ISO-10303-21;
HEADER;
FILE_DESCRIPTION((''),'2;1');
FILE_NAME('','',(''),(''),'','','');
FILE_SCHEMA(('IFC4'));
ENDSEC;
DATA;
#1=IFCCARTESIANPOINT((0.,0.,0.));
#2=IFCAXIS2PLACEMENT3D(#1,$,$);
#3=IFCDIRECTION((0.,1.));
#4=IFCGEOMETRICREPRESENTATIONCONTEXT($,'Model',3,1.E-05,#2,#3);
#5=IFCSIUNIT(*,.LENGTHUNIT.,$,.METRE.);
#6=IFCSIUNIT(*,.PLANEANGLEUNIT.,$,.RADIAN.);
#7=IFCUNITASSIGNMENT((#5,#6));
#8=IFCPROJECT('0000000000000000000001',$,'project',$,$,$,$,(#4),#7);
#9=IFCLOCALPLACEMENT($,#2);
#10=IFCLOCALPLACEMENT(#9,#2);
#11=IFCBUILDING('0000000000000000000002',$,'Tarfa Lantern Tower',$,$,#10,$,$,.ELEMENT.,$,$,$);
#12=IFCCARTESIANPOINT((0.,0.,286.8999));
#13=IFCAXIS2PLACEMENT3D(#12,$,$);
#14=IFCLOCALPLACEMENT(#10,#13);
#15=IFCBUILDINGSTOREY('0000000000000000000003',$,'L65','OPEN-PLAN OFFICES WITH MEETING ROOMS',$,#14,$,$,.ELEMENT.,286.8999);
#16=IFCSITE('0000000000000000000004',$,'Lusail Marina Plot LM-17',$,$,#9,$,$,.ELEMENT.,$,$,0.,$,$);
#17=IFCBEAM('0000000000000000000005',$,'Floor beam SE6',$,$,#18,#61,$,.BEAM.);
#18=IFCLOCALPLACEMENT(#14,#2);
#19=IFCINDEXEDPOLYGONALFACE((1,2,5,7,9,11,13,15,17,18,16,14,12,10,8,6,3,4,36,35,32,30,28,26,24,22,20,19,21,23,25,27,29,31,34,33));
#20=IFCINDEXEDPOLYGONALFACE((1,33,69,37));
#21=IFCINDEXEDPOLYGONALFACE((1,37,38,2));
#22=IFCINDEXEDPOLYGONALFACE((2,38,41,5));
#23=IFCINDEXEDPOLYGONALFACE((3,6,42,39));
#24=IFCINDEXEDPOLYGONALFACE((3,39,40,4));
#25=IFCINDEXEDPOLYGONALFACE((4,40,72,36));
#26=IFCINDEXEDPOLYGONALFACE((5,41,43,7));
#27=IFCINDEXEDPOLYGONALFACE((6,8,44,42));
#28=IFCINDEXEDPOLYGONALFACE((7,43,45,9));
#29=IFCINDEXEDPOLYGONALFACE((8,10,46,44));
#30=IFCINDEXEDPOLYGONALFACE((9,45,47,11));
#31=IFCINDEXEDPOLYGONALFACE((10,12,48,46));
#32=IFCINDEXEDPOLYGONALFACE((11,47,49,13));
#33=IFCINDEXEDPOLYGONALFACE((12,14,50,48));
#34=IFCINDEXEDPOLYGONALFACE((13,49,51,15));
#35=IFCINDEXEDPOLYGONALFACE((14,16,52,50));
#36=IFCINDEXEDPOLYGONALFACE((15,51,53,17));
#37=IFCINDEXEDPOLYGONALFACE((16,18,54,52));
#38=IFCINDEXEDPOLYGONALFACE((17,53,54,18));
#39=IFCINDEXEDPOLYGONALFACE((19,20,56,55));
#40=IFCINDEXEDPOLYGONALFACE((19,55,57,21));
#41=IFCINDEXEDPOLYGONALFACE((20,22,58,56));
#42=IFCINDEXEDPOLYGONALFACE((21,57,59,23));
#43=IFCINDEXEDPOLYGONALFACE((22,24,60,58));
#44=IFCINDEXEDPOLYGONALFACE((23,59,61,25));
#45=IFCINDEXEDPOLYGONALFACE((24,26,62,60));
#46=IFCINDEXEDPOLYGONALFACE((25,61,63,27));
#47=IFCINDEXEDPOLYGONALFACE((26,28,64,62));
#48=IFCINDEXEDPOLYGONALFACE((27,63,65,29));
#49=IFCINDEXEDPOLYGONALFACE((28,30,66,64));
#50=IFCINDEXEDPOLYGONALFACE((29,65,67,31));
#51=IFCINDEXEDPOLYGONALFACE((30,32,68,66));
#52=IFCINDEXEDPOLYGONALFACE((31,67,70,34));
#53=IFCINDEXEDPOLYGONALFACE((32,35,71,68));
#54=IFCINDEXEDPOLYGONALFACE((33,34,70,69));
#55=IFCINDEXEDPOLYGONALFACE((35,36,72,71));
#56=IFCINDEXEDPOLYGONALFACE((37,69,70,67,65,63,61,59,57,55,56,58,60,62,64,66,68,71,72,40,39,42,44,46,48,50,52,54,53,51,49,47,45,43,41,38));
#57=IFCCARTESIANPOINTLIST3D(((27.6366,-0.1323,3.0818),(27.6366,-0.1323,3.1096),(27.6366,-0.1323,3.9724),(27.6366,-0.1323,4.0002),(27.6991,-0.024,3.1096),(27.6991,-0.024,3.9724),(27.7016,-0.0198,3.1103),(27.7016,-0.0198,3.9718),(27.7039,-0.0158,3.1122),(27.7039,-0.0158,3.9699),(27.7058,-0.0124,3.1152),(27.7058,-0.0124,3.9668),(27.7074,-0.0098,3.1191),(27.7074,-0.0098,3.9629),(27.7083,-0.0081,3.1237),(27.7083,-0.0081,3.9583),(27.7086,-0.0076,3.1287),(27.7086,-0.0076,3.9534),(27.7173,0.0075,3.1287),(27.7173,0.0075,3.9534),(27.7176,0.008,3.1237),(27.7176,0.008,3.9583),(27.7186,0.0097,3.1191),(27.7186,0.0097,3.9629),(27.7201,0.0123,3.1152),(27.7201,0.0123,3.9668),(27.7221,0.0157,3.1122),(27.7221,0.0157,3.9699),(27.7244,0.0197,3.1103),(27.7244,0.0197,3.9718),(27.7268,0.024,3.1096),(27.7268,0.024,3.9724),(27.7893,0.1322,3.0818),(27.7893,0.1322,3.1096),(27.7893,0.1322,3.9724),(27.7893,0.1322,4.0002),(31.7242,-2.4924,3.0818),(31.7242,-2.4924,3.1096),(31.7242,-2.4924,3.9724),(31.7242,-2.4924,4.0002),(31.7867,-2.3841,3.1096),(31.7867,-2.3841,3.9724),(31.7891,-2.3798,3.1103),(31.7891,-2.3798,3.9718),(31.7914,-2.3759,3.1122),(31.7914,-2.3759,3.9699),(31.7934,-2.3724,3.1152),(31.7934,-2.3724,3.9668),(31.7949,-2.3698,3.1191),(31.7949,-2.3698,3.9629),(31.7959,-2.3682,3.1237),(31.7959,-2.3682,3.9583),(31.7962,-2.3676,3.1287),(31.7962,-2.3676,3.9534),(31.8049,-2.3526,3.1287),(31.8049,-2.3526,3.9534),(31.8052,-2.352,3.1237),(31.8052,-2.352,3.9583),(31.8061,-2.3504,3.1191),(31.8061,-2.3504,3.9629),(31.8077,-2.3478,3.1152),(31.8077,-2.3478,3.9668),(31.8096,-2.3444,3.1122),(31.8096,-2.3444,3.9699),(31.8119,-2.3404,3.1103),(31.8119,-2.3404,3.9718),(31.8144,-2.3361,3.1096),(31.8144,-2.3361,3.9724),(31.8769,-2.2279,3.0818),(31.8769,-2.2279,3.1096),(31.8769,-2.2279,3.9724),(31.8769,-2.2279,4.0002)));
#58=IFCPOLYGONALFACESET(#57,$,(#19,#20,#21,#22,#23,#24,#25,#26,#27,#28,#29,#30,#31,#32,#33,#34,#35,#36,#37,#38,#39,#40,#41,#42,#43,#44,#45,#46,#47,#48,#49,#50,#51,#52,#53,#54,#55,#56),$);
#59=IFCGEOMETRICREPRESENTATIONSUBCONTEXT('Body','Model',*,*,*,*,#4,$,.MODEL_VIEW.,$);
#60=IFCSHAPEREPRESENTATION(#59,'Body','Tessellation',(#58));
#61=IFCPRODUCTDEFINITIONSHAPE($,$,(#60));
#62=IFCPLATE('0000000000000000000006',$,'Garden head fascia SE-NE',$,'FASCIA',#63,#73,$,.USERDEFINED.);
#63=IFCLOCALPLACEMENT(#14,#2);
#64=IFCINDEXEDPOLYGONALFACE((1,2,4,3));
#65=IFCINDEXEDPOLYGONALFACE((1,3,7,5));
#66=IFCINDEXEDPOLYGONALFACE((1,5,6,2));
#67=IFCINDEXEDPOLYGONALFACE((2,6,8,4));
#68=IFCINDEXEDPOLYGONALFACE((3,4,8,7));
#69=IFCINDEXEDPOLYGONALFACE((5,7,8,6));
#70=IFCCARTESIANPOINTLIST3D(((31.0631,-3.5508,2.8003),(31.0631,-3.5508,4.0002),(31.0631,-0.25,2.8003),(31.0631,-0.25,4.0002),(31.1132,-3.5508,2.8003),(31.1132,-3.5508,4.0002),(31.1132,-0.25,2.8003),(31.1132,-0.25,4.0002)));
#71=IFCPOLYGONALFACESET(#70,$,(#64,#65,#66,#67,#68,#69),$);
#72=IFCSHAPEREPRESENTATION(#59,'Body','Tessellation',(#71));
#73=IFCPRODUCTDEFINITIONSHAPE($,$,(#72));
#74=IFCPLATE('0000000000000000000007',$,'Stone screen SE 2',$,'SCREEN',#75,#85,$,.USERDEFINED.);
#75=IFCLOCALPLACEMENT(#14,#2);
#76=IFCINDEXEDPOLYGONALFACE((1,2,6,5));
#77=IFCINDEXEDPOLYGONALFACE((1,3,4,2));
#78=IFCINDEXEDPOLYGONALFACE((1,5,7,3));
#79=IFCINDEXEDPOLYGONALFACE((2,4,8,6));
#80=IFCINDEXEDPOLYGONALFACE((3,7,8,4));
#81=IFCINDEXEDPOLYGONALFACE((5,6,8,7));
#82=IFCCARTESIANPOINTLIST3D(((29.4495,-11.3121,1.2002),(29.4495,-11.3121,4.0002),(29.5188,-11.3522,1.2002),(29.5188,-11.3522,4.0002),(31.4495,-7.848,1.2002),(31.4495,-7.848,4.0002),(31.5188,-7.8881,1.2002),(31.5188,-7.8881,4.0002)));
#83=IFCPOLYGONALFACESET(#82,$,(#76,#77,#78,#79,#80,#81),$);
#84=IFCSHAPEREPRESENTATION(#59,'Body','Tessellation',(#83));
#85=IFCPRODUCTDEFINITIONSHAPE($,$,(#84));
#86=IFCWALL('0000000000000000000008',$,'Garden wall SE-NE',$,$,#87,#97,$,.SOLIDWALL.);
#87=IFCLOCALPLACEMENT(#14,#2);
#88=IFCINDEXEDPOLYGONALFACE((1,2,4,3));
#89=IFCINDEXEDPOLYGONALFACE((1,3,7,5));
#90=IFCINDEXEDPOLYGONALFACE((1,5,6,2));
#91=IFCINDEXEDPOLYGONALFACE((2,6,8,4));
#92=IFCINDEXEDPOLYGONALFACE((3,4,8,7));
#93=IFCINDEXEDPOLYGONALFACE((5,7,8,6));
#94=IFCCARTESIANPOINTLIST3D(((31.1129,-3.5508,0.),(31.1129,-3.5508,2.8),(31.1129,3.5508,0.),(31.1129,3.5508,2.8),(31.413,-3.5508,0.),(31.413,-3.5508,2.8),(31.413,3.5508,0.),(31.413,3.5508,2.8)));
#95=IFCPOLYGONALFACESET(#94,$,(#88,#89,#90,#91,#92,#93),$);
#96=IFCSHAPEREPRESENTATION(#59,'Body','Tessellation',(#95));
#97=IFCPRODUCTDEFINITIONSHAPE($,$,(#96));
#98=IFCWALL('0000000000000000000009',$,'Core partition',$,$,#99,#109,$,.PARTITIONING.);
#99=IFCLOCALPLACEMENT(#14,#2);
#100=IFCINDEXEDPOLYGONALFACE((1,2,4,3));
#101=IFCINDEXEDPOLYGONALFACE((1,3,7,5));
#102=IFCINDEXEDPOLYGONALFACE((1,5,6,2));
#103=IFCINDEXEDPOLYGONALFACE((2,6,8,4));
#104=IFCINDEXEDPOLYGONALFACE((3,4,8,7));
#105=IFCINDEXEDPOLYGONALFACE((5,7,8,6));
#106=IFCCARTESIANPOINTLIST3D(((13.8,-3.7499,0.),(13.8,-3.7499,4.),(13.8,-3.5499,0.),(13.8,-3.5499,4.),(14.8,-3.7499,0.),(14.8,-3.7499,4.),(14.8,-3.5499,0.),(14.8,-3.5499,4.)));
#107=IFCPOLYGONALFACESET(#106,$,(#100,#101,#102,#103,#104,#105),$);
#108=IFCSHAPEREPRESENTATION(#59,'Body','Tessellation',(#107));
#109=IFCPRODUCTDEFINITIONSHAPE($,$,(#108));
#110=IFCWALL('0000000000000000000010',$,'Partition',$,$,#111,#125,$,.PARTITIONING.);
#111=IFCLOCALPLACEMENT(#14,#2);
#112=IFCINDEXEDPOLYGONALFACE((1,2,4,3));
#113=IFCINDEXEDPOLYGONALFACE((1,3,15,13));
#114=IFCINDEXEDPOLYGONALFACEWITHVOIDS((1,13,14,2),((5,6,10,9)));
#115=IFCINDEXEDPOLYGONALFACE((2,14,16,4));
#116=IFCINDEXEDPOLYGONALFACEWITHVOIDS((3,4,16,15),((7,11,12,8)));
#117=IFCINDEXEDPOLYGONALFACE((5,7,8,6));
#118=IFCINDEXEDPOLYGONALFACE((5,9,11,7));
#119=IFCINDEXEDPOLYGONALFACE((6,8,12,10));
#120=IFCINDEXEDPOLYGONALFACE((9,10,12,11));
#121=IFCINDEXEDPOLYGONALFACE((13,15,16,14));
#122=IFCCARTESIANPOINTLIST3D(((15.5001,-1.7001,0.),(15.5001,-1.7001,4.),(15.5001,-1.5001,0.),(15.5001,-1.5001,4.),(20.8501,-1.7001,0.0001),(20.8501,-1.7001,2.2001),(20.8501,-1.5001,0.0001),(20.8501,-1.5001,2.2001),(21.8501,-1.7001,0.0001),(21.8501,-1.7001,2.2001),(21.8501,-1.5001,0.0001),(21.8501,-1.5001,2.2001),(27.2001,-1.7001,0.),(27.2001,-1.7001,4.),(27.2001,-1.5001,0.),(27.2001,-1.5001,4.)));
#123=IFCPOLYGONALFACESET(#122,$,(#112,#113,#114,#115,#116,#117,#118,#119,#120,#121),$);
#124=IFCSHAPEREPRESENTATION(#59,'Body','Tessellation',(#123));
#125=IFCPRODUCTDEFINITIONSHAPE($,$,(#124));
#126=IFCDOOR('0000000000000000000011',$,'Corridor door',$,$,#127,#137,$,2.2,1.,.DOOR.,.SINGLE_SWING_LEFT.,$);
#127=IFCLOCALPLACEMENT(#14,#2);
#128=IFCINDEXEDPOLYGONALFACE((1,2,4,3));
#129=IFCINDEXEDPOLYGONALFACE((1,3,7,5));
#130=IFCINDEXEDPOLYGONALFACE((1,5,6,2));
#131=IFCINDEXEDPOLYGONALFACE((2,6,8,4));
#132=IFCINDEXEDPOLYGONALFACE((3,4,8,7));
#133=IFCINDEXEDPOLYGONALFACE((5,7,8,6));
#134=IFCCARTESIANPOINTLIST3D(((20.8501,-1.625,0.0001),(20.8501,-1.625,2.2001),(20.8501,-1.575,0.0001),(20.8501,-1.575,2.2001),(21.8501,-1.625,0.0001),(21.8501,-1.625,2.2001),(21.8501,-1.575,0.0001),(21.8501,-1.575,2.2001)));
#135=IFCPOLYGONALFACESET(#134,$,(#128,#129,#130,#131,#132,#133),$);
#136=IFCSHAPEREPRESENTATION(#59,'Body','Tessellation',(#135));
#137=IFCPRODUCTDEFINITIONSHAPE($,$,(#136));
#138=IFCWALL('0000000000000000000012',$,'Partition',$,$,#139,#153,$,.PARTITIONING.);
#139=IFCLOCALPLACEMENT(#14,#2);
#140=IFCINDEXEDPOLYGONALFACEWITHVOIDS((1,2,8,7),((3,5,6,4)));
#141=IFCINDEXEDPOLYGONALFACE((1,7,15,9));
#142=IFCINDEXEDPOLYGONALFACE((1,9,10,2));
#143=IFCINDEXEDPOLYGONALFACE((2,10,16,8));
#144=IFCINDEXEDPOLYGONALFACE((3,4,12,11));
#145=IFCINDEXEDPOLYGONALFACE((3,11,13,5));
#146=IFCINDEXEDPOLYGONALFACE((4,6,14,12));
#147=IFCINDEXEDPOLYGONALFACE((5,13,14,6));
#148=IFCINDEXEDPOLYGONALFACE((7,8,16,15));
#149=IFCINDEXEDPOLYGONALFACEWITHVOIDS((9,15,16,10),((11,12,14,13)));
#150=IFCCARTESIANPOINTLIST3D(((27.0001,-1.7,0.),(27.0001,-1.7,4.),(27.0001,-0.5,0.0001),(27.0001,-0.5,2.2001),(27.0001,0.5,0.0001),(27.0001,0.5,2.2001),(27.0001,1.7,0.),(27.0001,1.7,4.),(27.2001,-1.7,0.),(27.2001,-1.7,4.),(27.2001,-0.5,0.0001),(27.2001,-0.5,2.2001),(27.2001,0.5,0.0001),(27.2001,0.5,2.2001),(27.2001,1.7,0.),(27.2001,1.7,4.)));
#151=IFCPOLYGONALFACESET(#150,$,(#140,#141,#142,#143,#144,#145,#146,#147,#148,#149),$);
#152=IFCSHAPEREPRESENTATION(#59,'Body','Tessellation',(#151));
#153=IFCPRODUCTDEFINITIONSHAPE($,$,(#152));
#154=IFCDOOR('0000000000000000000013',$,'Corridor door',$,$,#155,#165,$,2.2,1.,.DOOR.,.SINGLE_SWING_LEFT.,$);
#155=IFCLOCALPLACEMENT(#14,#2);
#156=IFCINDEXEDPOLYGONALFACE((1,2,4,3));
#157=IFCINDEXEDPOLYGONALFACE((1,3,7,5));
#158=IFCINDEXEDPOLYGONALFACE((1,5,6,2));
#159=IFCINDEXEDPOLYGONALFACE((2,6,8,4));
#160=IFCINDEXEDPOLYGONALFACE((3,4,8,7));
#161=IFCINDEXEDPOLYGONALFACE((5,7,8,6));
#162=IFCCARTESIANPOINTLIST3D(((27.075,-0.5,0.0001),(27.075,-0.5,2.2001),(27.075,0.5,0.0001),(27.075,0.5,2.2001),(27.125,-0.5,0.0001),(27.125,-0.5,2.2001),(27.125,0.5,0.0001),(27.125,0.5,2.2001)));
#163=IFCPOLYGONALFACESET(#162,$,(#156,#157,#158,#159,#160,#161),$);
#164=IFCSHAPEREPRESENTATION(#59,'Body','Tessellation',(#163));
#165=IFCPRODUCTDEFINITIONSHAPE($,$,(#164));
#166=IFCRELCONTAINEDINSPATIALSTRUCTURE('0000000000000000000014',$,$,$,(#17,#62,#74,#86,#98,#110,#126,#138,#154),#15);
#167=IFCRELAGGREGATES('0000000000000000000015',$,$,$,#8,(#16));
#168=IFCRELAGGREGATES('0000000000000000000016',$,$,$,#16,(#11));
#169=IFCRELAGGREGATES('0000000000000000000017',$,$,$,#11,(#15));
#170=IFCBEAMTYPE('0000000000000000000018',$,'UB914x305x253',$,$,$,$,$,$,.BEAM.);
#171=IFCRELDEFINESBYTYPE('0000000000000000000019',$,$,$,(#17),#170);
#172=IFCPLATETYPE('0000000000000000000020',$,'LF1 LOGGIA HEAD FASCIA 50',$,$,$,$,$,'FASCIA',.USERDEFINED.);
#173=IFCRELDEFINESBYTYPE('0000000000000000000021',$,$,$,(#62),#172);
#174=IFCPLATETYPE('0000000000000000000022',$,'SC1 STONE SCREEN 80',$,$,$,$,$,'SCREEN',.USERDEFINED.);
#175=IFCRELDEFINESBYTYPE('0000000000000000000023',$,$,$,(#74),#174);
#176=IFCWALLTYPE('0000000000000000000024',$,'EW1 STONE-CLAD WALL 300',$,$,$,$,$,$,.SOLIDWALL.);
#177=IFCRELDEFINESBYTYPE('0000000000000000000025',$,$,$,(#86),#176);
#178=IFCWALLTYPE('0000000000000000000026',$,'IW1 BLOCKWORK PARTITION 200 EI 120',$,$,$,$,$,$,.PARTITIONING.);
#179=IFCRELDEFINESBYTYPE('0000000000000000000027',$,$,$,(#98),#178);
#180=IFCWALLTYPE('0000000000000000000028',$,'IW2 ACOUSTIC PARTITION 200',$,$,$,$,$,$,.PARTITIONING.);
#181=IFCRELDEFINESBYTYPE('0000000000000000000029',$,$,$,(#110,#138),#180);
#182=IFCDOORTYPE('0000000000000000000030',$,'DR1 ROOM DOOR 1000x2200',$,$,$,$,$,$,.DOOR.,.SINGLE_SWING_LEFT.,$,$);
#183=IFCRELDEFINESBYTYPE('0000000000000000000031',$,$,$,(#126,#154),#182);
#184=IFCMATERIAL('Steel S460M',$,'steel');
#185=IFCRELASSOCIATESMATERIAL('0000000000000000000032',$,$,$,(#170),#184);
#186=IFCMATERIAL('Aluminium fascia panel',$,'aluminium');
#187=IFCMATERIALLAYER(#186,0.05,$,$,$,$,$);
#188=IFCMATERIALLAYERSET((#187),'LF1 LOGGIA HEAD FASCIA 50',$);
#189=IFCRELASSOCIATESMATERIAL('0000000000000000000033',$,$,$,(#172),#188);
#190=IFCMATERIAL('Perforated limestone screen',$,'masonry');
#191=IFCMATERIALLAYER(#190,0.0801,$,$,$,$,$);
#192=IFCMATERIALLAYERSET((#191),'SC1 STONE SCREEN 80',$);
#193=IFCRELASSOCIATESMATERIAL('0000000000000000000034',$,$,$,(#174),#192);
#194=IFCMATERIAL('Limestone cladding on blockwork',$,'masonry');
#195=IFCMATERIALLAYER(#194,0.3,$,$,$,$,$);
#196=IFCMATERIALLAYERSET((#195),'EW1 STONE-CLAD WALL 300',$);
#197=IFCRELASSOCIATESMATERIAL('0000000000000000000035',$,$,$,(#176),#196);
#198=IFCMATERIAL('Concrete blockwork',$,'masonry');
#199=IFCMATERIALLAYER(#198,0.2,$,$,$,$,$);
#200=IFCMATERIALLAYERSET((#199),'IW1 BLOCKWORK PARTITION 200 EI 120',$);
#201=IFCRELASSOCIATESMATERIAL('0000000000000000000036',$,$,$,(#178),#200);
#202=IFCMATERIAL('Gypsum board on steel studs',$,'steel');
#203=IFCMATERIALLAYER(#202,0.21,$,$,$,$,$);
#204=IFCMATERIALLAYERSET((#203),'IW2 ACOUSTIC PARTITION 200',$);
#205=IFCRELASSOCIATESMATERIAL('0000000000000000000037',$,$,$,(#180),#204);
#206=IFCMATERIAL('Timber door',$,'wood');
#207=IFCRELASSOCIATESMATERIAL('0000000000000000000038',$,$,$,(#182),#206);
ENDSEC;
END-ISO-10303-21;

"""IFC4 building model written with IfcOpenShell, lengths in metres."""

from ifc_helpers import new_model, si_unit, direction, frame, frame_2d, origin, origin_2d, place, context, subcontext, project, spatial, rectangle, i_section, extrude, material, layer, layer_set, material_profile, profile_set, type_object, element, fill, save


model = new_model("IFC4")

# Units and contexts
model_context = context("Model", 3, precision=1e-05, world=origin(), true_north=direction((0.0, 1.0)))
body_context = subcontext(model_context, "Body", "Model", "MODEL_VIEW")
ifc_project = project(units=[si_unit("LENGTHUNIT", "METRE"), si_unit("PLANEANGLEUNIT", "RADIAN")], contexts=[model_context])

# Site, building, storey
site_placement = place(None, origin())
site = spatial("IfcSite", under=ifc_project, at=site_placement, Name="Lusail Marina Plot LM-17", CompositionType="ELEMENT", RefElevation=0.0)
building_placement = place(site_placement, origin())
building = spatial("IfcBuilding", under=site, at=building_placement, Name="Tarfa Lantern Tower", CompositionType="ELEMENT")
storey_placement = place(building_placement, frame((0.0, 0.0, 286.8999)))
storey = spatial("IfcBuildingStorey", under=building, at=storey_placement, Name="L65", Description="OPEN-PLAN OFFICES WITH MEETING ROOMS", CompositionType="ELEMENT", Elevation=286.8999)

# Beam
ifc_material_1 = material(Name="Steel S460M", Category="steel")
ifc_material_profile_1 = material_profile(ifc_material_1, i_section(OverallWidth=0.3054, OverallDepth=0.9185, WebThickness=0.0173, FlangeThickness=0.0278, FilletRadius=0.019, at=origin_2d()), Name="UB914x305x253")
ifc_profile_set_1 = profile_set([ifc_material_profile_1], Name="Steel S460M")
beam_type_1 = type_object("IfcBeamType", Name="UB914x305x253", PredefinedType="BEAM", material=ifc_profile_set_1)
beam_1_placement = place(storey_placement, frame((31.8005, -2.3601, 3.541), z_axis=(-0.866016, 0.500016, 0.0), x_axis=(-0.500016, -0.866016, 0.0)))
element("IfcBeam", 1, at=beam_1_placement, inside=storey, type_object=beam_type_1, Name="Floor beam SE6", PredefinedType="BEAM", context=body_context, shape_type="SweptSolid", body=[
    extrude(i_section(OverallWidth=0.3054, OverallDepth=0.9185, WebThickness=0.0173, FlangeThickness=0.0278, FilletRadius=0.019, at=origin_2d()), origin(), (0.0, 0.0, 1.0), 4.72),
])

# Plates
ifc_material_2 = material(Name="Aluminium fascia panel", Category="aluminium")
ifc_layer_1 = layer(ifc_material_2, 0.05)
ifc_layer_set_1 = layer_set([ifc_layer_1], Name="LF1 LOGGIA HEAD FASCIA 50")
plate_type_1 = type_object("IfcPlateType", Name="LF1 LOGGIA HEAD FASCIA 50", ElementType="FASCIA", PredefinedType="USERDEFINED", material=ifc_layer_set_1)
plate_1_placement = place(storey_placement, frame((31.0881, -1.9004, 2.8003), z_axis=(0.0, 0.0, 1.0), x_axis=(0.0, 1.0, 0.0)))
element("IfcPlate", 2, at=plate_1_placement, inside=storey, type_object=plate_type_1, Name="Garden head fascia SE-NE", ObjectType="FASCIA", PredefinedType="USERDEFINED", context=body_context, shape_type="SweptSolid", body=[
    extrude(rectangle(XDim=3.3008, YDim=0.05, at=origin_2d()), origin(), (0.0, 0.0, 1.0), 1.2),
])
ifc_material_3 = material(Name="Perforated limestone screen", Category="masonry")
ifc_layer_2 = layer(ifc_material_3, 0.0801)
ifc_layer_set_2 = layer_set([ifc_layer_2], Name="SC1 STONE SCREEN 80")
plate_type_2 = type_object("IfcPlateType", Name="SC1 STONE SCREEN 80", ElementType="SCREEN", PredefinedType="USERDEFINED", material=ifc_layer_set_2)
plate_2_placement = place(storey_placement, frame((30.4841, -9.6001, 1.2002), z_axis=(0.0, 0.0, 1.0), x_axis=(0.5, 0.866025, 0.0)))
element("IfcPlate", 3, at=plate_2_placement, inside=storey, type_object=plate_type_2, Name="Stone screen SE 2", ObjectType="SCREEN", PredefinedType="USERDEFINED", context=body_context, shape_type="SweptSolid", body=[
    extrude(rectangle(XDim=4.0, YDim=0.0801, at=origin_2d()), origin(), (0.0, 0.0, 1.0), 2.8),
])

# Walls
ifc_material_4 = material(Name="Limestone cladding on blockwork", Category="masonry")
ifc_layer_3 = layer(ifc_material_4, 0.3)
ifc_layer_set_3 = layer_set([ifc_layer_3], Name="EW1 STONE-CLAD WALL 300")
wall_type_1 = type_object("IfcWallType", Name="EW1 STONE-CLAD WALL 300", PredefinedType="SOLIDWALL", material=ifc_layer_set_3)
wall_1_placement = place(storey_placement, frame((31.2629, -3.5508, 0.0), z_axis=(0.0, 0.0, 1.0), x_axis=(0.0, 1.0, 0.0)))
element("IfcWall", 4, at=wall_1_placement, inside=storey, type_object=wall_type_1, Name="Garden wall SE-NE", PredefinedType="SOLIDWALL", context=body_context, shape_type="SweptSolid", body=[
    extrude(rectangle(XDim=7.1016, YDim=0.3, at=frame_2d((3.5508, 0.0))), origin(), (0.0, 0.0, 1.0), 2.8),
])
ifc_material_5 = material(Name="Concrete blockwork", Category="masonry")
ifc_layer_4 = layer(ifc_material_5, 0.2)
ifc_layer_set_4 = layer_set([ifc_layer_4], Name="IW1 BLOCKWORK PARTITION 200 EI 120")
wall_type_2 = type_object("IfcWallType", Name="IW1 BLOCKWORK PARTITION 200 EI 120", PredefinedType="PARTITIONING", material=ifc_layer_set_4)
wall_2_placement = place(storey_placement, frame((14.8, -3.6499, 0.0), z_axis=(0.0, 0.0, 1.0), x_axis=(-1.0, 0.0, 0.0)))
element("IfcWall", 5, at=wall_2_placement, inside=storey, type_object=wall_type_2, Name="Core partition", PredefinedType="PARTITIONING", context=body_context, shape_type="SweptSolid", body=[
    extrude(rectangle(XDim=1.0, YDim=0.2, at=frame_2d((0.5, 0.0))), origin(), (0.0, 0.0, 1.0), 4.0),
])

# Walls, openings, doors
ifc_material_6 = material(Name="Gypsum board on steel studs", Category="steel")
ifc_layer_5 = layer(ifc_material_6, 0.21)
ifc_layer_set_5 = layer_set([ifc_layer_5], Name="IW2 ACOUSTIC PARTITION 200")
wall_type_3 = type_object("IfcWallType", Name="IW2 ACOUSTIC PARTITION 200", PredefinedType="PARTITIONING", material=ifc_layer_set_5)
wall_3_placement = place(storey_placement, frame((15.5, -1.6001, 0.0), z_axis=(0.0, 0.0, 1.0), x_axis=(1.0, 0.0, 0.0)))
wall_3 = element("IfcWall", 6, at=wall_3_placement, inside=storey, type_object=wall_type_3, Name="Partition", PredefinedType="PARTITIONING", context=body_context, shape_type="SweptSolid", body=[
    extrude(rectangle(XDim=11.7, YDim=0.2, at=frame_2d((5.8501, 0.0))), origin(), (0.0, 0.0, 1.0), 4.0),
])
opening_1_placement = place(wall_3_placement, frame((5.3501, 0.0, 0.0)))
opening_1 = element("IfcOpeningElement", 7, at=opening_1_placement, cuts=wall_3, PredefinedType="OPENING", context=body_context, shape_type="SweptSolid", body=[
    extrude(rectangle(XDim=1.0, YDim=2.2, at=frame_2d((0.5, 1.1001))), frame((0.0, 0.1099, 0.0), z_axis=(0.0, -1.0, 0.0), x_axis=(1.0, 0.0, 0.0)), (0.0, 0.0, 1.0), 0.22),
])
ifc_material_7 = material(Name="Timber door", Category="wood")
door_type_1 = type_object("IfcDoorType", Name="DR1 ROOM DOOR 1000x2200", OperationType="SINGLE_SWING_LEFT", PredefinedType="DOOR", material=ifc_material_7)
door_1_placement = place(opening_1_placement, frame((1.0, 0.0, 0.0), z_axis=(0.0, 0.0, 1.0), x_axis=(-1.0, 0.0, 0.0)))
door_1 = element("IfcDoor", 8, at=door_1_placement, inside=storey, type_object=door_type_1, Name="Corridor door", OperationType="SINGLE_SWING_LEFT", OverallHeight=2.2, OverallWidth=1.0, PredefinedType="DOOR", context=body_context, shape_type="SweptSolid", body=[
    extrude(rectangle(XDim=1.0, YDim=2.2, at=frame_2d((0.5, 1.1001))), frame((0.0, 0.0249, 0.0), z_axis=(0.0, -1.0, 0.0), x_axis=(1.0, 0.0, 0.0)), (0.0, 0.0, 1.0), 0.05),
])
fill(opening_1, door_1)
wall_4_placement = place(storey_placement, frame((27.1001, -1.7, 0.0), z_axis=(0.0, 0.0, 1.0), x_axis=(0.0, 1.0, 0.0)))
wall_4 = element("IfcWall", 9, at=wall_4_placement, inside=storey, type_object=wall_type_3, Name="Partition", PredefinedType="PARTITIONING", context=body_context, shape_type="SweptSolid", body=[
    extrude(rectangle(XDim=3.3999, YDim=0.2, at=frame_2d((1.7, 0.0))), origin(), (0.0, 0.0, 1.0), 4.0),
])
opening_2_placement = place(wall_4_placement, frame((1.2, 0.0, 0.0)))
opening_2 = element("IfcOpeningElement", 10, at=opening_2_placement, cuts=wall_4, PredefinedType="OPENING", context=body_context, shape_type="SweptSolid", body=[
    extrude(rectangle(XDim=1.0, YDim=2.2, at=frame_2d((0.5, 1.1001))), frame((0.0, 0.1099, 0.0), z_axis=(0.0, -1.0, 0.0), x_axis=(1.0, 0.0, 0.0)), (0.0, 0.0, 1.0), 0.22),
])
door_2_placement = place(opening_2_placement, frame((1.0, 0.0, 0.0), z_axis=(0.0, 0.0, 1.0), x_axis=(-1.0, 0.0, 0.0)))
door_2 = element("IfcDoor", 11, at=door_2_placement, inside=storey, type_object=door_type_1, Name="Corridor door", OperationType="SINGLE_SWING_LEFT", OverallHeight=2.2, OverallWidth=1.0, PredefinedType="DOOR", context=body_context, shape_type="SweptSolid", body=[
    extrude(rectangle(XDim=1.0, YDim=2.2, at=frame_2d((0.5, 1.1001))), frame((0.0, 0.0249, 0.0), z_axis=(0.0, -1.0, 0.0), x_axis=(1.0, 0.0, 0.0)), (0.0, 0.0, 1.0), 0.05),
])
fill(opening_2, door_2)

save(model, "model.ifc")
